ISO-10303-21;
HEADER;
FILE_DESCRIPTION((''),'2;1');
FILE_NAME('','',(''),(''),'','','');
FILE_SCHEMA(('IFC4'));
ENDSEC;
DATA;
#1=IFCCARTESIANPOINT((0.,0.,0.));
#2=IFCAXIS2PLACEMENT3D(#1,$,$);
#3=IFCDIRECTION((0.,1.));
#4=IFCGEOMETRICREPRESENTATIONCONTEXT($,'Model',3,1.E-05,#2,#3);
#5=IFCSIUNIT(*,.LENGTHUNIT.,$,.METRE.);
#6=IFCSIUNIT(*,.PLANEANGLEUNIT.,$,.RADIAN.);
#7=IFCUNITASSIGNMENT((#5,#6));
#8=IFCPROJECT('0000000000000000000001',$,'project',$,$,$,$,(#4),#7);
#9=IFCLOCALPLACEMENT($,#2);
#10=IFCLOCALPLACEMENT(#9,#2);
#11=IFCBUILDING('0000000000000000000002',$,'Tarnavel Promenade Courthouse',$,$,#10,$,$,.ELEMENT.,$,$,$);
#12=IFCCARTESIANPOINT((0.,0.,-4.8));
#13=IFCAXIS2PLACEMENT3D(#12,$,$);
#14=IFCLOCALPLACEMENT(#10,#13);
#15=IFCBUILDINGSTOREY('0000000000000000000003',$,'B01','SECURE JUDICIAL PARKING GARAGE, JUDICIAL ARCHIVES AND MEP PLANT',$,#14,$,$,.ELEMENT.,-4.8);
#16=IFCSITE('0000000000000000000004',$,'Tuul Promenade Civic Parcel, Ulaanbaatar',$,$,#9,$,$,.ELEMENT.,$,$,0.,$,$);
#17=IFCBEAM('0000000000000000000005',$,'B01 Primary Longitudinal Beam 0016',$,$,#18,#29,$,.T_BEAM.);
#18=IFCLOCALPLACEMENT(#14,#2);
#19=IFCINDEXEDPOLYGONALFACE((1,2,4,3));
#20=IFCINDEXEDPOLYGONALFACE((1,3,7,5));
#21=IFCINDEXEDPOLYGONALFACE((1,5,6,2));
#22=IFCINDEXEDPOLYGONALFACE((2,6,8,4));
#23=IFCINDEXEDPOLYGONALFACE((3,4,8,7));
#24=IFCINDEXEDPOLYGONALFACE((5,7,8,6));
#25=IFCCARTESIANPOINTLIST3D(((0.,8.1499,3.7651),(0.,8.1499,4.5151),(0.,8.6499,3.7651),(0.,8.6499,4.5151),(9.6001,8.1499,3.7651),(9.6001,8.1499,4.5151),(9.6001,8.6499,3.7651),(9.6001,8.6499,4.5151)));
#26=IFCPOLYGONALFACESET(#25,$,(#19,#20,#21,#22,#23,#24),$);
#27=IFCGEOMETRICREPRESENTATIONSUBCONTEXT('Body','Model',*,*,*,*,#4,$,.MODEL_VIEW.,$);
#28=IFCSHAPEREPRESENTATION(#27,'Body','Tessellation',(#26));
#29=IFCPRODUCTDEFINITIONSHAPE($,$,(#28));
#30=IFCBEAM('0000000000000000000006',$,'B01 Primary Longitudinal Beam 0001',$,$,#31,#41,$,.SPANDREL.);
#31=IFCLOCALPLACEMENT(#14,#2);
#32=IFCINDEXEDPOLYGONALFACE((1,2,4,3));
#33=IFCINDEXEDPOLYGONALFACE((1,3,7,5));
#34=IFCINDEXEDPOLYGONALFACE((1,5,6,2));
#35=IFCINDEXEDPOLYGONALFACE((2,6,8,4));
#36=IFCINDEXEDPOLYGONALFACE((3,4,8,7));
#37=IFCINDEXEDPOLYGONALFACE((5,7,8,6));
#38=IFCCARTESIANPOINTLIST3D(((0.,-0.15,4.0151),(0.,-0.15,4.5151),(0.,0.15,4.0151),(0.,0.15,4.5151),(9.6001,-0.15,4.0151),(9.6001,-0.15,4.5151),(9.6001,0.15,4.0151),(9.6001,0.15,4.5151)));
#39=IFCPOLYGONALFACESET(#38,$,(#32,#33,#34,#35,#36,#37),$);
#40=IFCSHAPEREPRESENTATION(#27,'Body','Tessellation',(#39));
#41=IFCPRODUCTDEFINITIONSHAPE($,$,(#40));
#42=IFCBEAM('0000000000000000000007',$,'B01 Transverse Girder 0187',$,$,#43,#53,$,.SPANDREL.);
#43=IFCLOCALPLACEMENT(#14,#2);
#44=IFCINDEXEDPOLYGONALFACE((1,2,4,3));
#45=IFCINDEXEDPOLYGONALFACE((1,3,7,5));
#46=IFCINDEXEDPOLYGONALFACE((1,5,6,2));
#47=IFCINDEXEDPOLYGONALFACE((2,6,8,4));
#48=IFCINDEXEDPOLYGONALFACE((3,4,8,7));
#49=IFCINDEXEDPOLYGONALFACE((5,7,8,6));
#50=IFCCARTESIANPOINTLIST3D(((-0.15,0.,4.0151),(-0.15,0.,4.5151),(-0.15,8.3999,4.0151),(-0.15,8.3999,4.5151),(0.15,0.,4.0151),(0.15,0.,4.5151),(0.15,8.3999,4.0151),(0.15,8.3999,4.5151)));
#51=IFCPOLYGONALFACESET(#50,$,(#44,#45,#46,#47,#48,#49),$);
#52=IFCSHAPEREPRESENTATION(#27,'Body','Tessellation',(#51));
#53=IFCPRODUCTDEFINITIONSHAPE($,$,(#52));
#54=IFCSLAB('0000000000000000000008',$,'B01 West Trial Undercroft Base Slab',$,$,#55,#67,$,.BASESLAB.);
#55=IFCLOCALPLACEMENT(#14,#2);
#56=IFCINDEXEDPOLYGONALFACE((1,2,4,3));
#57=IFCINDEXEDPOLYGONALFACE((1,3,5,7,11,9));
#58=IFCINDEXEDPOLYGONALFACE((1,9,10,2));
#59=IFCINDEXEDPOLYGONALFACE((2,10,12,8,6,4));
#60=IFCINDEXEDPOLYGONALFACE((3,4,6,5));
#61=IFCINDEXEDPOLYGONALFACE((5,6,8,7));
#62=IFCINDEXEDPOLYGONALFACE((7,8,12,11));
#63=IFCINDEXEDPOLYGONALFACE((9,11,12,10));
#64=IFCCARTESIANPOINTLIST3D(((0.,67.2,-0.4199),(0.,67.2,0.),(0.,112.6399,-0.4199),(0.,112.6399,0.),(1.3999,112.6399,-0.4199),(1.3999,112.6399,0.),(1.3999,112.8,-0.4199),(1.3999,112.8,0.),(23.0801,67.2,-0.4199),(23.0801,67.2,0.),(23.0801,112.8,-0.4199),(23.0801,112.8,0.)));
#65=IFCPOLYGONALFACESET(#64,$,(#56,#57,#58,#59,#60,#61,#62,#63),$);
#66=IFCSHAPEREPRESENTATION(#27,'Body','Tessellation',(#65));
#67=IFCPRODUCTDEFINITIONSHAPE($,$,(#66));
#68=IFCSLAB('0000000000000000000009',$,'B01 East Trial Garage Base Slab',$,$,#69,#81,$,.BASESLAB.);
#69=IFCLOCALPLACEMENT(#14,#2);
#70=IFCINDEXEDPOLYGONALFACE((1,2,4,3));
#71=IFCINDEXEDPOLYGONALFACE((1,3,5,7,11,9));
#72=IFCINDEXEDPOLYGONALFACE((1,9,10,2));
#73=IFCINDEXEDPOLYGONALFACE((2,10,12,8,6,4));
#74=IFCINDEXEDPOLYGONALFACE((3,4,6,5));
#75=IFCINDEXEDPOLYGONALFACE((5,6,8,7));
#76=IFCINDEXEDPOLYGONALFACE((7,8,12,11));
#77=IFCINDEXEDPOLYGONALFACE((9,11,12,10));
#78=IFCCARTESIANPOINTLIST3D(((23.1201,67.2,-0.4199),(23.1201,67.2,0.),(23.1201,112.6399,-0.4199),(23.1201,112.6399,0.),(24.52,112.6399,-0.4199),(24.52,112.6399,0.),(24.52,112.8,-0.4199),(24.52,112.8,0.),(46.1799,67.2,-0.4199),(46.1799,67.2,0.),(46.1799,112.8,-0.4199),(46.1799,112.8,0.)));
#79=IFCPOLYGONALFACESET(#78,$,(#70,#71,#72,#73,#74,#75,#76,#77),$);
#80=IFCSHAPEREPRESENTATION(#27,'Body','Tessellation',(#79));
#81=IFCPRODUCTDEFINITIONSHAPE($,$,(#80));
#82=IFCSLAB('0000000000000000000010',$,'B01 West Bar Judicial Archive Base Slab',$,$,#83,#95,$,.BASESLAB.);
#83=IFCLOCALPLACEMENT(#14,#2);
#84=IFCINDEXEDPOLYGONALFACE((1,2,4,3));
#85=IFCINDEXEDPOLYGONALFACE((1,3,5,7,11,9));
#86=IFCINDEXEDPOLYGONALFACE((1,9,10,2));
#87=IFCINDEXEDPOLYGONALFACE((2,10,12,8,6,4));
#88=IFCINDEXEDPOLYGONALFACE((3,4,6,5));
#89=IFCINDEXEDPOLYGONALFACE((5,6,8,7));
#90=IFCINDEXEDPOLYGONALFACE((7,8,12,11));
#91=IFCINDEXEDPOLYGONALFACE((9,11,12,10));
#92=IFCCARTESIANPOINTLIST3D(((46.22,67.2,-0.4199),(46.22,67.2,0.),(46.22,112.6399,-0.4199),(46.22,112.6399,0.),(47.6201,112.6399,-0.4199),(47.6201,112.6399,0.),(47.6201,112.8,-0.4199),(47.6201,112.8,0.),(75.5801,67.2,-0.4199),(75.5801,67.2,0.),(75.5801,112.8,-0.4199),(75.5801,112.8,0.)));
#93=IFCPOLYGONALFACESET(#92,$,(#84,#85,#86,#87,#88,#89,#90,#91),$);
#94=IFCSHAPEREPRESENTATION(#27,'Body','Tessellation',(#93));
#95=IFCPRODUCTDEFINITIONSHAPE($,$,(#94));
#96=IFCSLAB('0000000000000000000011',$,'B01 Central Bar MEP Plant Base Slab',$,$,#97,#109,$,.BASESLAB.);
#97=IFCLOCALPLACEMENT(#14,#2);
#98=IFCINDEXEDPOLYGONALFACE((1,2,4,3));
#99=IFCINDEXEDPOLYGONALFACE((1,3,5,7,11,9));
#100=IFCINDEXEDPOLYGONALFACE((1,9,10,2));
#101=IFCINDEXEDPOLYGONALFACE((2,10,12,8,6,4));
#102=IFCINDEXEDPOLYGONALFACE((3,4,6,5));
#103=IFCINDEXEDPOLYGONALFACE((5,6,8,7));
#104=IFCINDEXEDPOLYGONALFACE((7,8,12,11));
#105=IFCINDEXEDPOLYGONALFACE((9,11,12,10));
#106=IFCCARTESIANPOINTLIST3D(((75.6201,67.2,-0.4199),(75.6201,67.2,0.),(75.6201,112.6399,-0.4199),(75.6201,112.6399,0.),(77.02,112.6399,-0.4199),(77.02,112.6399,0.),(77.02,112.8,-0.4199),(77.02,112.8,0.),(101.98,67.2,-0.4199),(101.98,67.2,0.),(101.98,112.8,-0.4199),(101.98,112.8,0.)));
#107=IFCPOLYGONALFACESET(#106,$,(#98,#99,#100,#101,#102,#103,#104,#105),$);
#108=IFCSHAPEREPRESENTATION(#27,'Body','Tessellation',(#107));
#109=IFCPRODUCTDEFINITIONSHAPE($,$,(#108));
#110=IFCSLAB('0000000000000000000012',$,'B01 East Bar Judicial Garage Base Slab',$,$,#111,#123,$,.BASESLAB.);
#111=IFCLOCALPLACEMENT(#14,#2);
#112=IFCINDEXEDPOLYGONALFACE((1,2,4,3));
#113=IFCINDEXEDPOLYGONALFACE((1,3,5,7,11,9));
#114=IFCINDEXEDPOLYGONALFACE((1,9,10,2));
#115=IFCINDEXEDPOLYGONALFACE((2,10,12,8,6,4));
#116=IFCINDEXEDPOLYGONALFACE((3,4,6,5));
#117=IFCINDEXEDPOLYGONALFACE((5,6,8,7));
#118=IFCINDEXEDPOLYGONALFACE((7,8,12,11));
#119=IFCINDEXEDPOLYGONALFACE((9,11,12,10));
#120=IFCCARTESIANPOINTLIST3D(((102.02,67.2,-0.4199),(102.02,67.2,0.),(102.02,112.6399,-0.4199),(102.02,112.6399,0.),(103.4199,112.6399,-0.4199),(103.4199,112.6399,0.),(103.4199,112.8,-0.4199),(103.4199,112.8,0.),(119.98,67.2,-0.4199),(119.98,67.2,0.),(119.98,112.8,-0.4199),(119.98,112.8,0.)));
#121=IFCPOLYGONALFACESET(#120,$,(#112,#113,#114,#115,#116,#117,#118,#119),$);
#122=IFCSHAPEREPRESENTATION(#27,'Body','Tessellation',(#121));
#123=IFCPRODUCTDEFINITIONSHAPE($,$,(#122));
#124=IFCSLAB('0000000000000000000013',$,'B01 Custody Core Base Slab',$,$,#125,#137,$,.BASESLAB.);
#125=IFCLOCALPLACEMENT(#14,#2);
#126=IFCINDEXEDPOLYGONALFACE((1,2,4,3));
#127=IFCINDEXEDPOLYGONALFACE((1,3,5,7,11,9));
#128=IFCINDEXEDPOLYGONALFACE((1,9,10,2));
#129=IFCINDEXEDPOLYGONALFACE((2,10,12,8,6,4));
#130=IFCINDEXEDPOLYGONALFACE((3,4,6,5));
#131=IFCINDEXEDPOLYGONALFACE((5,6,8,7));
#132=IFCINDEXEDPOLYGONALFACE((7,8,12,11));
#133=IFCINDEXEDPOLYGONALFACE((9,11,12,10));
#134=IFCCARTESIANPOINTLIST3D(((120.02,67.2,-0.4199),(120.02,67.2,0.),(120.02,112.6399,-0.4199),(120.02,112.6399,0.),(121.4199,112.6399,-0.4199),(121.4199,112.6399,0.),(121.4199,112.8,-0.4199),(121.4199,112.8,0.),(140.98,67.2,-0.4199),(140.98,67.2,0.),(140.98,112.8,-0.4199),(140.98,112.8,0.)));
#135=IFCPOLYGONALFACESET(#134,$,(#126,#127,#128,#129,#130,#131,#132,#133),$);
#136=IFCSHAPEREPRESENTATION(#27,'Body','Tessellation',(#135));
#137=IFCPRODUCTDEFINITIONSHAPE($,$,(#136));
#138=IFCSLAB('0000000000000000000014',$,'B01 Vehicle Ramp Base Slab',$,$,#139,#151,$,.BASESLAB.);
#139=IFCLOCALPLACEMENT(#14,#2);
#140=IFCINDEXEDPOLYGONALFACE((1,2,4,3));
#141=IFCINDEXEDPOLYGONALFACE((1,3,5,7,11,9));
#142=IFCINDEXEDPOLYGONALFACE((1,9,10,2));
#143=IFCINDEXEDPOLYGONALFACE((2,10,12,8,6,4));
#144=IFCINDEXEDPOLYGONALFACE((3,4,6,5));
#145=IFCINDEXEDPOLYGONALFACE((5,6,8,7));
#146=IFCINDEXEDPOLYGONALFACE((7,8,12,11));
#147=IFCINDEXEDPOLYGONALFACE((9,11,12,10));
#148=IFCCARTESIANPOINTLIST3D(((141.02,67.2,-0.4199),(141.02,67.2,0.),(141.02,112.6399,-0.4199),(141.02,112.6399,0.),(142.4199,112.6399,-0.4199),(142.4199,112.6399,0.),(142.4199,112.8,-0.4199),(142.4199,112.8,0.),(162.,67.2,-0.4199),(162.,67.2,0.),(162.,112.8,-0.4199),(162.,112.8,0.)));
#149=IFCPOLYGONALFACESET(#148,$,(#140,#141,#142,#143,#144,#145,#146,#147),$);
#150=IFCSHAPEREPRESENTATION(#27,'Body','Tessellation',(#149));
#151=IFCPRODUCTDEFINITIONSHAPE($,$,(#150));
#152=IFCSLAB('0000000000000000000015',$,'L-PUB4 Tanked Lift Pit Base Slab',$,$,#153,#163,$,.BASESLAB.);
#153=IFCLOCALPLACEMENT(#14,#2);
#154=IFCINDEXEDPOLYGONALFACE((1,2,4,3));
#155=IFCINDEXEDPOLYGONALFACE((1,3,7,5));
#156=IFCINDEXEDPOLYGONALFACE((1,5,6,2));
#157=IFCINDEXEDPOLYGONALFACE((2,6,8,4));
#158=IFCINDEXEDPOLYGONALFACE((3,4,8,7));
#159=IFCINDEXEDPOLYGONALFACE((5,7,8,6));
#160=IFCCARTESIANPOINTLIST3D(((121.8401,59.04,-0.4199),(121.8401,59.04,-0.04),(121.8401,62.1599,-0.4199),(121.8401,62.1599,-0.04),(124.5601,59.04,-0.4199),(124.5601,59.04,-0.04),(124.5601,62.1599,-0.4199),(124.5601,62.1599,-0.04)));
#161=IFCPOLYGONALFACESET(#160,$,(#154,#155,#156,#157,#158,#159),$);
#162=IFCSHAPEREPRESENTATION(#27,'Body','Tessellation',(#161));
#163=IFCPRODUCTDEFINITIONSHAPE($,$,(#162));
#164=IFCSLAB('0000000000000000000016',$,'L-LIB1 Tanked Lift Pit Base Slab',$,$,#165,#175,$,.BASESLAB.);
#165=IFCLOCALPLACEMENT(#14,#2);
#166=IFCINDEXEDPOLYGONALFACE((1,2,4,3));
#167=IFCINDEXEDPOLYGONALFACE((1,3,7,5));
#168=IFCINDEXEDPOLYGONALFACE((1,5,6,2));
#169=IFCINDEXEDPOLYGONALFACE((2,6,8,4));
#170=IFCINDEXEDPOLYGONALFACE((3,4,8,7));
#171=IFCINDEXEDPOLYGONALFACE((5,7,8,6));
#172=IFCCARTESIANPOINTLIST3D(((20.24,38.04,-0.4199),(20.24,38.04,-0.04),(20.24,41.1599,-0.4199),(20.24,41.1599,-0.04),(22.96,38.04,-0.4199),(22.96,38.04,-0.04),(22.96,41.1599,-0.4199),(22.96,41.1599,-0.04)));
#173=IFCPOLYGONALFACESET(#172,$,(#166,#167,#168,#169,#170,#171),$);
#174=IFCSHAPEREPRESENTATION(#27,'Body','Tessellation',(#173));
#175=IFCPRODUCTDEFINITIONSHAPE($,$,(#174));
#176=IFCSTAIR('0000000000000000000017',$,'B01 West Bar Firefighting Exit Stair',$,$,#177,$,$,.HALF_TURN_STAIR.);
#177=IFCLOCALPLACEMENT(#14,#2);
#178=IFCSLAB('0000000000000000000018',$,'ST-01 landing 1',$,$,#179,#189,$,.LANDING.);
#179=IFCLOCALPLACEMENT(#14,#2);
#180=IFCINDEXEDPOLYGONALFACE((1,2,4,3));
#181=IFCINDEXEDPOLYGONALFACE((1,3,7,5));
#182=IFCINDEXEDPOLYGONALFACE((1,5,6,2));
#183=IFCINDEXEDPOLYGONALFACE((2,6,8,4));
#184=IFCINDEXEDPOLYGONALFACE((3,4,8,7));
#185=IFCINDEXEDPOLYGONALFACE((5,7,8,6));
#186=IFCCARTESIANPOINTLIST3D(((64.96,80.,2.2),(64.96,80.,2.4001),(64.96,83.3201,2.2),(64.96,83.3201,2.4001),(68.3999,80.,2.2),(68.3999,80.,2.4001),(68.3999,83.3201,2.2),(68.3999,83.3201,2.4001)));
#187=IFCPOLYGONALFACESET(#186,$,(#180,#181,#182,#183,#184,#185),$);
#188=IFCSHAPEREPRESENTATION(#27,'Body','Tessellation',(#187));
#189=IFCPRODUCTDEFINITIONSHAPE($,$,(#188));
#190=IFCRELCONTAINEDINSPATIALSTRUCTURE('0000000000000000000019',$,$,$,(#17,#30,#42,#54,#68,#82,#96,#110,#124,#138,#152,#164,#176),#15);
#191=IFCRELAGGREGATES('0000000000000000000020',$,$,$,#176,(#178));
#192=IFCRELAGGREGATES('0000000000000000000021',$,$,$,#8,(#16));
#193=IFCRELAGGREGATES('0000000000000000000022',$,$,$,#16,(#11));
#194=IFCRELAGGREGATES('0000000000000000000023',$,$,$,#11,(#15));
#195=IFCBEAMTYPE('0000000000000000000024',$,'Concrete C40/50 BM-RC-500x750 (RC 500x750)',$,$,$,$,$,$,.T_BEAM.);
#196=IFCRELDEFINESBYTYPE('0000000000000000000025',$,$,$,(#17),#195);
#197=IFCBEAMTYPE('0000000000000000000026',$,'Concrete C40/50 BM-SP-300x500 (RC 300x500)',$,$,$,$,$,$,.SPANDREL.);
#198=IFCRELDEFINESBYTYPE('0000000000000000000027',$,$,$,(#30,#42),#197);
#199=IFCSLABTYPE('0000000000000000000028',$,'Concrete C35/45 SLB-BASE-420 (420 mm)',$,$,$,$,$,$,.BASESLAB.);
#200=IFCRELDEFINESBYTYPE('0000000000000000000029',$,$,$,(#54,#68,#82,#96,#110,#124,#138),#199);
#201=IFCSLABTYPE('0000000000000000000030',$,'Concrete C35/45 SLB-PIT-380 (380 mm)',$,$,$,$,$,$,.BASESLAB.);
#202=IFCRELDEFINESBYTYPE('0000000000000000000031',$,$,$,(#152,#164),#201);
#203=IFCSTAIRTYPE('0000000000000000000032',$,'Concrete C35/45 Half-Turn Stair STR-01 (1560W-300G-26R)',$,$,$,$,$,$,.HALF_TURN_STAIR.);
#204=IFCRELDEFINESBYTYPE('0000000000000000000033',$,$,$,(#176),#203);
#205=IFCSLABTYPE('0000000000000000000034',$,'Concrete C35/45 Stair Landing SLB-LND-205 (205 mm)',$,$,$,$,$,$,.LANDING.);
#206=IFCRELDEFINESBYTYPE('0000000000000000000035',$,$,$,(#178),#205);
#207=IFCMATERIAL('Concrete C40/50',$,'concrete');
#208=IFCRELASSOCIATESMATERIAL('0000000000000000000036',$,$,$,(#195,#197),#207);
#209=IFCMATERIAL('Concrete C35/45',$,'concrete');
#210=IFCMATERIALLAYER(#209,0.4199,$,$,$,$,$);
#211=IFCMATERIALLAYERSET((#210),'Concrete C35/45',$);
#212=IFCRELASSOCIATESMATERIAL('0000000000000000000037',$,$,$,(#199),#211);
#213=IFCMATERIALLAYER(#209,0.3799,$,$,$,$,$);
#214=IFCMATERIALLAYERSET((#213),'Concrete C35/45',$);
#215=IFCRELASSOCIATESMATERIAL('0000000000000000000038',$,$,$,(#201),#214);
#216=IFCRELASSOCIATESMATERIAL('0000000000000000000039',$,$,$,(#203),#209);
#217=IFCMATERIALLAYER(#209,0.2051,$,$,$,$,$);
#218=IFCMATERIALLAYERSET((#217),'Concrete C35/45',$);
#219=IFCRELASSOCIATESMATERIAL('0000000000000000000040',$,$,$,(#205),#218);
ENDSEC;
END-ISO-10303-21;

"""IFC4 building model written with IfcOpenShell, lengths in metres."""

from ifc_helpers import new_model, si_unit, direction, frame, origin, origin_2d, place, context, subcontext, project, spatial, polyline, rectangle, outline, extrude, material, layer, layer_set, material_profile, profile_set, type_object, element, aggregate, save


model = new_model("IFC4")

# Units and contexts
model_context = context("Model", 3, precision=1e-05, world=origin(), true_north=direction((0.0, 1.0)))
body_context = subcontext(model_context, "Body", "Model", "MODEL_VIEW")
ifc_project = project(units=[si_unit("LENGTHUNIT", "METRE"), si_unit("PLANEANGLEUNIT", "RADIAN")], contexts=[model_context])

# Site, building, storey
site_placement = place(None, origin())
site = spatial("IfcSite", under=ifc_project, at=site_placement, Name="Tuul Promenade Civic Parcel, Ulaanbaatar", CompositionType="ELEMENT", RefElevation=0.0)
building_placement = place(site_placement, origin())
building = spatial("IfcBuilding", under=site, at=building_placement, Name="Tarnavel Promenade Courthouse", CompositionType="ELEMENT")
storey_placement = place(building_placement, frame((0.0, 0.0, -4.8)))
storey = spatial("IfcBuildingStorey", under=building, at=storey_placement, Name="B01", Description="SECURE JUDICIAL PARKING GARAGE, JUDICIAL ARCHIVES AND MEP PLANT", CompositionType="ELEMENT", Elevation=-4.8)

# Shared definitions
ifc_material_1 = material(Name="Concrete C35/45", Category="concrete")

# Shared definitions
ifc_material_2 = material(Name="Concrete C40/50", Category="concrete")

# Beams
ifc_material_profile_1 = material_profile(ifc_material_2, rectangle(XDim=0.5, YDim=0.75, at=origin_2d()), Name="RC 500x750")
ifc_profile_set_1 = profile_set([ifc_material_profile_1], Name="Concrete C40/50")
beam_type_1 = type_object("IfcBeamType", Name="Concrete C40/50 BM-RC-500x750 (RC 500x750)", PredefinedType="T_BEAM", material=ifc_profile_set_1)
beam_1_placement = place(storey_placement, frame((0.0, 8.3999, 4.1401), z_axis=(1.0, 0.0, 0.0), x_axis=(0.0, 1.0, 0.0)))
element("IfcBeam", 1, at=beam_1_placement, inside=storey, type_object=beam_type_1, Name="B01 Primary Longitudinal Beam 0016", PredefinedType="T_BEAM", context=body_context, shape_type="SweptSolid", body=[
    extrude(rectangle(XDim=0.5, YDim=0.75, at=origin_2d()), origin(), (0.0, 0.0, 1.0), 9.6001),
])
ifc_material_profile_2 = material_profile(ifc_material_2, rectangle(XDim=0.3, YDim=0.5, at=origin_2d()), Name="RC 300x500")
ifc_profile_set_2 = profile_set([ifc_material_profile_2], Name="Concrete C40/50")
beam_type_2 = type_object("IfcBeamType", Name="Concrete C40/50 BM-SP-300x500 (RC 300x500)", PredefinedType="SPANDREL", material=ifc_profile_set_2)
beam_2_placement = place(storey_placement, frame((0.0, 0.0, 4.2651), z_axis=(1.0, 0.0, 0.0), x_axis=(0.0, 1.0, 0.0)))
element("IfcBeam", 2, at=beam_2_placement, inside=storey, type_object=beam_type_2, Name="B01 Primary Longitudinal Beam 0001", PredefinedType="SPANDREL", context=body_context, shape_type="SweptSolid", body=[
    extrude(rectangle(XDim=0.3, YDim=0.5, at=origin_2d()), origin(), (0.0, 0.0, 1.0), 9.6001),
])
beam_3_placement = place(storey_placement, frame((0.0, 0.0, 4.2651), z_axis=(0.0, 1.0, 0.0), x_axis=(-1.0, 0.0, 0.0)))
element("IfcBeam", 3, at=beam_3_placement, inside=storey, type_object=beam_type_2, Name="B01 Transverse Girder 0187", PredefinedType="SPANDREL", context=body_context, shape_type="SweptSolid", body=[
    extrude(rectangle(XDim=0.3, YDim=0.5, at=origin_2d()), origin(), (0.0, 0.0, 1.0), 8.3999),
])

# Slabs
ifc_layer_1 = layer(ifc_material_1, 0.4199)
ifc_layer_set_1 = layer_set([ifc_layer_1], Name="Concrete C35/45")
slab_type_1 = type_object("IfcSlabType", Name="Concrete C35/45 SLB-BASE-420 (420 mm)", PredefinedType="BASESLAB", material=ifc_layer_set_1)
slab_1_placement = place(storey_placement, frame((0.0, 0.0, -0.4199)))
element("IfcSlab", 4, at=slab_1_placement, inside=storey, type_object=slab_type_1, Name="B01 West Trial Undercroft Base Slab", PredefinedType="BASESLAB", context=body_context, shape_type="SweptSolid", body=[
    extrude(outline(polyline([(0.0, 67.2), (23.0801, 67.2), (23.0801, 112.8), (1.3999, 112.8), (1.3999, 112.6399), (0.0, 112.6399), (0.0, 67.2)])), origin(), (0.0, 0.0, 1.0), 0.4199),
])
slab_2_placement = place(storey_placement, frame((0.0, 0.0, -0.4199)))
element("IfcSlab", 5, at=slab_2_placement, inside=storey, type_object=slab_type_1, Name="B01 East Trial Garage Base Slab", PredefinedType="BASESLAB", context=body_context, shape_type="SweptSolid", body=[
    extrude(outline(polyline([(23.1201, 67.2), (46.1799, 67.2), (46.1799, 112.8), (24.52, 112.8), (24.52, 112.6399), (23.1201, 112.6399), (23.1201, 67.2)])), origin(), (0.0, 0.0, 1.0), 0.4199),
])
slab_3_placement = place(storey_placement, frame((0.0, 0.0, -0.4199)))
element("IfcSlab", 6, at=slab_3_placement, inside=storey, type_object=slab_type_1, Name="B01 West Bar Judicial Archive Base Slab", PredefinedType="BASESLAB", context=body_context, shape_type="SweptSolid", body=[
    extrude(outline(polyline([(46.22, 67.2), (75.5801, 67.2), (75.5801, 112.8), (47.6201, 112.8), (47.6201, 112.6399), (46.22, 112.6399), (46.22, 67.2)])), origin(), (0.0, 0.0, 1.0), 0.4199),
])
slab_4_placement = place(storey_placement, frame((0.0, 0.0, -0.4199)))
element("IfcSlab", 7, at=slab_4_placement, inside=storey, type_object=slab_type_1, Name="B01 Central Bar MEP Plant Base Slab", PredefinedType="BASESLAB", context=body_context, shape_type="SweptSolid", body=[
    extrude(outline(polyline([(75.6201, 67.2), (101.98, 67.2), (101.98, 112.8), (77.02, 112.8), (77.02, 112.6399), (75.6201, 112.6399), (75.6201, 67.2)])), origin(), (0.0, 0.0, 1.0), 0.4199),
])
slab_5_placement = place(storey_placement, frame((0.0, 0.0, -0.4199)))
element("IfcSlab", 8, at=slab_5_placement, inside=storey, type_object=slab_type_1, Name="B01 East Bar Judicial Garage Base Slab", PredefinedType="BASESLAB", context=body_context, shape_type="SweptSolid", body=[
    extrude(outline(polyline([(102.02, 67.2), (119.98, 67.2), (119.98, 112.8), (103.4199, 112.8), (103.4199, 112.6399), (102.02, 112.6399), (102.02, 67.2)])), origin(), (0.0, 0.0, 1.0), 0.4199),
])
slab_6_placement = place(storey_placement, frame((0.0, 0.0, -0.4199)))
element("IfcSlab", 9, at=slab_6_placement, inside=storey, type_object=slab_type_1, Name="B01 Custody Core Base Slab", PredefinedType="BASESLAB", context=body_context, shape_type="SweptSolid", body=[
    extrude(outline(polyline([(120.02, 67.2), (140.98, 67.2), (140.98, 112.8), (121.4199, 112.8), (121.4199, 112.6399), (120.02, 112.6399), (120.02, 67.2)])), origin(), (0.0, 0.0, 1.0), 0.4199),
])
slab_7_placement = place(storey_placement, frame((0.0, 0.0, -0.4199)))
element("IfcSlab", 10, at=slab_7_placement, inside=storey, type_object=slab_type_1, Name="B01 Vehicle Ramp Base Slab", PredefinedType="BASESLAB", context=body_context, shape_type="SweptSolid", body=[
    extrude(outline(polyline([(141.02, 67.2), (162.0, 67.2), (162.0, 112.8), (142.4199, 112.8), (142.4199, 112.6399), (141.02, 112.6399), (141.02, 67.2)])), origin(), (0.0, 0.0, 1.0), 0.4199),
])
ifc_layer_2 = layer(ifc_material_1, 0.3799)
ifc_layer_set_2 = layer_set([ifc_layer_2], Name="Concrete C35/45")
slab_type_2 = type_object("IfcSlabType", Name="Concrete C35/45 SLB-PIT-380 (380 mm)", PredefinedType="BASESLAB", material=ifc_layer_set_2)
slab_8_placement = place(storey_placement, frame((0.0, 0.0, -0.4199)))
element("IfcSlab", 11, at=slab_8_placement, inside=storey, type_object=slab_type_2, Name="L-PUB4 Tanked Lift Pit Base Slab", PredefinedType="BASESLAB", context=body_context, shape_type="SweptSolid", body=[
    extrude(outline(polyline([(121.8401, 59.04), (124.5601, 59.04), (124.5601, 62.1599), (121.8401, 62.1599), (121.8401, 59.04)])), origin(), (0.0, 0.0, 1.0), 0.3799),
])
slab_9_placement = place(storey_placement, frame((0.0, 0.0, -0.4199)))
element("IfcSlab", 12, at=slab_9_placement, inside=storey, type_object=slab_type_2, Name="L-LIB1 Tanked Lift Pit Base Slab", PredefinedType="BASESLAB", context=body_context, shape_type="SweptSolid", body=[
    extrude(outline(polyline([(20.24, 38.04), (22.96, 38.04), (22.96, 41.1599), (20.24, 41.1599), (20.24, 38.04)])), origin(), (0.0, 0.0, 1.0), 0.3799),
])

# Stair, slab
stair_type_1 = type_object("IfcStairType", Name="Concrete C35/45 Half-Turn Stair STR-01 (1560W-300G-26R)", PredefinedType="HALF_TURN_STAIR", material=ifc_material_1)
stair_1_placement = place(storey_placement, origin())
stair_1 = element("IfcStair", 13, at=stair_1_placement, inside=storey, type_object=stair_type_1, Name="B01 West Bar Firefighting Exit Stair", PredefinedType="HALF_TURN_STAIR")
ifc_layer_3 = layer(ifc_material_1, 0.2051)
ifc_layer_set_3 = layer_set([ifc_layer_3], Name="Concrete C35/45")
slab_type_3 = type_object("IfcSlabType", Name="Concrete C35/45 Stair Landing SLB-LND-205 (205 mm)", PredefinedType="LANDING", material=ifc_layer_set_3)
slab_10_placement = place(storey_placement, frame((0.0, 0.0, 2.2)))
slab_10 = element("IfcSlab", 14, at=slab_10_placement, type_object=slab_type_3, Name="ST-01 landing 1", PredefinedType="LANDING", context=body_context, shape_type="SweptSolid", body=[
    extrude(outline(polyline([(64.96, 80.0), (68.3999, 80.0), (68.3999, 83.3201), (64.96, 83.3201), (64.96, 80.0)])), origin(), (0.0, 0.0, 1.0), 0.2002),
])
aggregate(stair_1, [slab_10])

save(model, "model.ifc")
